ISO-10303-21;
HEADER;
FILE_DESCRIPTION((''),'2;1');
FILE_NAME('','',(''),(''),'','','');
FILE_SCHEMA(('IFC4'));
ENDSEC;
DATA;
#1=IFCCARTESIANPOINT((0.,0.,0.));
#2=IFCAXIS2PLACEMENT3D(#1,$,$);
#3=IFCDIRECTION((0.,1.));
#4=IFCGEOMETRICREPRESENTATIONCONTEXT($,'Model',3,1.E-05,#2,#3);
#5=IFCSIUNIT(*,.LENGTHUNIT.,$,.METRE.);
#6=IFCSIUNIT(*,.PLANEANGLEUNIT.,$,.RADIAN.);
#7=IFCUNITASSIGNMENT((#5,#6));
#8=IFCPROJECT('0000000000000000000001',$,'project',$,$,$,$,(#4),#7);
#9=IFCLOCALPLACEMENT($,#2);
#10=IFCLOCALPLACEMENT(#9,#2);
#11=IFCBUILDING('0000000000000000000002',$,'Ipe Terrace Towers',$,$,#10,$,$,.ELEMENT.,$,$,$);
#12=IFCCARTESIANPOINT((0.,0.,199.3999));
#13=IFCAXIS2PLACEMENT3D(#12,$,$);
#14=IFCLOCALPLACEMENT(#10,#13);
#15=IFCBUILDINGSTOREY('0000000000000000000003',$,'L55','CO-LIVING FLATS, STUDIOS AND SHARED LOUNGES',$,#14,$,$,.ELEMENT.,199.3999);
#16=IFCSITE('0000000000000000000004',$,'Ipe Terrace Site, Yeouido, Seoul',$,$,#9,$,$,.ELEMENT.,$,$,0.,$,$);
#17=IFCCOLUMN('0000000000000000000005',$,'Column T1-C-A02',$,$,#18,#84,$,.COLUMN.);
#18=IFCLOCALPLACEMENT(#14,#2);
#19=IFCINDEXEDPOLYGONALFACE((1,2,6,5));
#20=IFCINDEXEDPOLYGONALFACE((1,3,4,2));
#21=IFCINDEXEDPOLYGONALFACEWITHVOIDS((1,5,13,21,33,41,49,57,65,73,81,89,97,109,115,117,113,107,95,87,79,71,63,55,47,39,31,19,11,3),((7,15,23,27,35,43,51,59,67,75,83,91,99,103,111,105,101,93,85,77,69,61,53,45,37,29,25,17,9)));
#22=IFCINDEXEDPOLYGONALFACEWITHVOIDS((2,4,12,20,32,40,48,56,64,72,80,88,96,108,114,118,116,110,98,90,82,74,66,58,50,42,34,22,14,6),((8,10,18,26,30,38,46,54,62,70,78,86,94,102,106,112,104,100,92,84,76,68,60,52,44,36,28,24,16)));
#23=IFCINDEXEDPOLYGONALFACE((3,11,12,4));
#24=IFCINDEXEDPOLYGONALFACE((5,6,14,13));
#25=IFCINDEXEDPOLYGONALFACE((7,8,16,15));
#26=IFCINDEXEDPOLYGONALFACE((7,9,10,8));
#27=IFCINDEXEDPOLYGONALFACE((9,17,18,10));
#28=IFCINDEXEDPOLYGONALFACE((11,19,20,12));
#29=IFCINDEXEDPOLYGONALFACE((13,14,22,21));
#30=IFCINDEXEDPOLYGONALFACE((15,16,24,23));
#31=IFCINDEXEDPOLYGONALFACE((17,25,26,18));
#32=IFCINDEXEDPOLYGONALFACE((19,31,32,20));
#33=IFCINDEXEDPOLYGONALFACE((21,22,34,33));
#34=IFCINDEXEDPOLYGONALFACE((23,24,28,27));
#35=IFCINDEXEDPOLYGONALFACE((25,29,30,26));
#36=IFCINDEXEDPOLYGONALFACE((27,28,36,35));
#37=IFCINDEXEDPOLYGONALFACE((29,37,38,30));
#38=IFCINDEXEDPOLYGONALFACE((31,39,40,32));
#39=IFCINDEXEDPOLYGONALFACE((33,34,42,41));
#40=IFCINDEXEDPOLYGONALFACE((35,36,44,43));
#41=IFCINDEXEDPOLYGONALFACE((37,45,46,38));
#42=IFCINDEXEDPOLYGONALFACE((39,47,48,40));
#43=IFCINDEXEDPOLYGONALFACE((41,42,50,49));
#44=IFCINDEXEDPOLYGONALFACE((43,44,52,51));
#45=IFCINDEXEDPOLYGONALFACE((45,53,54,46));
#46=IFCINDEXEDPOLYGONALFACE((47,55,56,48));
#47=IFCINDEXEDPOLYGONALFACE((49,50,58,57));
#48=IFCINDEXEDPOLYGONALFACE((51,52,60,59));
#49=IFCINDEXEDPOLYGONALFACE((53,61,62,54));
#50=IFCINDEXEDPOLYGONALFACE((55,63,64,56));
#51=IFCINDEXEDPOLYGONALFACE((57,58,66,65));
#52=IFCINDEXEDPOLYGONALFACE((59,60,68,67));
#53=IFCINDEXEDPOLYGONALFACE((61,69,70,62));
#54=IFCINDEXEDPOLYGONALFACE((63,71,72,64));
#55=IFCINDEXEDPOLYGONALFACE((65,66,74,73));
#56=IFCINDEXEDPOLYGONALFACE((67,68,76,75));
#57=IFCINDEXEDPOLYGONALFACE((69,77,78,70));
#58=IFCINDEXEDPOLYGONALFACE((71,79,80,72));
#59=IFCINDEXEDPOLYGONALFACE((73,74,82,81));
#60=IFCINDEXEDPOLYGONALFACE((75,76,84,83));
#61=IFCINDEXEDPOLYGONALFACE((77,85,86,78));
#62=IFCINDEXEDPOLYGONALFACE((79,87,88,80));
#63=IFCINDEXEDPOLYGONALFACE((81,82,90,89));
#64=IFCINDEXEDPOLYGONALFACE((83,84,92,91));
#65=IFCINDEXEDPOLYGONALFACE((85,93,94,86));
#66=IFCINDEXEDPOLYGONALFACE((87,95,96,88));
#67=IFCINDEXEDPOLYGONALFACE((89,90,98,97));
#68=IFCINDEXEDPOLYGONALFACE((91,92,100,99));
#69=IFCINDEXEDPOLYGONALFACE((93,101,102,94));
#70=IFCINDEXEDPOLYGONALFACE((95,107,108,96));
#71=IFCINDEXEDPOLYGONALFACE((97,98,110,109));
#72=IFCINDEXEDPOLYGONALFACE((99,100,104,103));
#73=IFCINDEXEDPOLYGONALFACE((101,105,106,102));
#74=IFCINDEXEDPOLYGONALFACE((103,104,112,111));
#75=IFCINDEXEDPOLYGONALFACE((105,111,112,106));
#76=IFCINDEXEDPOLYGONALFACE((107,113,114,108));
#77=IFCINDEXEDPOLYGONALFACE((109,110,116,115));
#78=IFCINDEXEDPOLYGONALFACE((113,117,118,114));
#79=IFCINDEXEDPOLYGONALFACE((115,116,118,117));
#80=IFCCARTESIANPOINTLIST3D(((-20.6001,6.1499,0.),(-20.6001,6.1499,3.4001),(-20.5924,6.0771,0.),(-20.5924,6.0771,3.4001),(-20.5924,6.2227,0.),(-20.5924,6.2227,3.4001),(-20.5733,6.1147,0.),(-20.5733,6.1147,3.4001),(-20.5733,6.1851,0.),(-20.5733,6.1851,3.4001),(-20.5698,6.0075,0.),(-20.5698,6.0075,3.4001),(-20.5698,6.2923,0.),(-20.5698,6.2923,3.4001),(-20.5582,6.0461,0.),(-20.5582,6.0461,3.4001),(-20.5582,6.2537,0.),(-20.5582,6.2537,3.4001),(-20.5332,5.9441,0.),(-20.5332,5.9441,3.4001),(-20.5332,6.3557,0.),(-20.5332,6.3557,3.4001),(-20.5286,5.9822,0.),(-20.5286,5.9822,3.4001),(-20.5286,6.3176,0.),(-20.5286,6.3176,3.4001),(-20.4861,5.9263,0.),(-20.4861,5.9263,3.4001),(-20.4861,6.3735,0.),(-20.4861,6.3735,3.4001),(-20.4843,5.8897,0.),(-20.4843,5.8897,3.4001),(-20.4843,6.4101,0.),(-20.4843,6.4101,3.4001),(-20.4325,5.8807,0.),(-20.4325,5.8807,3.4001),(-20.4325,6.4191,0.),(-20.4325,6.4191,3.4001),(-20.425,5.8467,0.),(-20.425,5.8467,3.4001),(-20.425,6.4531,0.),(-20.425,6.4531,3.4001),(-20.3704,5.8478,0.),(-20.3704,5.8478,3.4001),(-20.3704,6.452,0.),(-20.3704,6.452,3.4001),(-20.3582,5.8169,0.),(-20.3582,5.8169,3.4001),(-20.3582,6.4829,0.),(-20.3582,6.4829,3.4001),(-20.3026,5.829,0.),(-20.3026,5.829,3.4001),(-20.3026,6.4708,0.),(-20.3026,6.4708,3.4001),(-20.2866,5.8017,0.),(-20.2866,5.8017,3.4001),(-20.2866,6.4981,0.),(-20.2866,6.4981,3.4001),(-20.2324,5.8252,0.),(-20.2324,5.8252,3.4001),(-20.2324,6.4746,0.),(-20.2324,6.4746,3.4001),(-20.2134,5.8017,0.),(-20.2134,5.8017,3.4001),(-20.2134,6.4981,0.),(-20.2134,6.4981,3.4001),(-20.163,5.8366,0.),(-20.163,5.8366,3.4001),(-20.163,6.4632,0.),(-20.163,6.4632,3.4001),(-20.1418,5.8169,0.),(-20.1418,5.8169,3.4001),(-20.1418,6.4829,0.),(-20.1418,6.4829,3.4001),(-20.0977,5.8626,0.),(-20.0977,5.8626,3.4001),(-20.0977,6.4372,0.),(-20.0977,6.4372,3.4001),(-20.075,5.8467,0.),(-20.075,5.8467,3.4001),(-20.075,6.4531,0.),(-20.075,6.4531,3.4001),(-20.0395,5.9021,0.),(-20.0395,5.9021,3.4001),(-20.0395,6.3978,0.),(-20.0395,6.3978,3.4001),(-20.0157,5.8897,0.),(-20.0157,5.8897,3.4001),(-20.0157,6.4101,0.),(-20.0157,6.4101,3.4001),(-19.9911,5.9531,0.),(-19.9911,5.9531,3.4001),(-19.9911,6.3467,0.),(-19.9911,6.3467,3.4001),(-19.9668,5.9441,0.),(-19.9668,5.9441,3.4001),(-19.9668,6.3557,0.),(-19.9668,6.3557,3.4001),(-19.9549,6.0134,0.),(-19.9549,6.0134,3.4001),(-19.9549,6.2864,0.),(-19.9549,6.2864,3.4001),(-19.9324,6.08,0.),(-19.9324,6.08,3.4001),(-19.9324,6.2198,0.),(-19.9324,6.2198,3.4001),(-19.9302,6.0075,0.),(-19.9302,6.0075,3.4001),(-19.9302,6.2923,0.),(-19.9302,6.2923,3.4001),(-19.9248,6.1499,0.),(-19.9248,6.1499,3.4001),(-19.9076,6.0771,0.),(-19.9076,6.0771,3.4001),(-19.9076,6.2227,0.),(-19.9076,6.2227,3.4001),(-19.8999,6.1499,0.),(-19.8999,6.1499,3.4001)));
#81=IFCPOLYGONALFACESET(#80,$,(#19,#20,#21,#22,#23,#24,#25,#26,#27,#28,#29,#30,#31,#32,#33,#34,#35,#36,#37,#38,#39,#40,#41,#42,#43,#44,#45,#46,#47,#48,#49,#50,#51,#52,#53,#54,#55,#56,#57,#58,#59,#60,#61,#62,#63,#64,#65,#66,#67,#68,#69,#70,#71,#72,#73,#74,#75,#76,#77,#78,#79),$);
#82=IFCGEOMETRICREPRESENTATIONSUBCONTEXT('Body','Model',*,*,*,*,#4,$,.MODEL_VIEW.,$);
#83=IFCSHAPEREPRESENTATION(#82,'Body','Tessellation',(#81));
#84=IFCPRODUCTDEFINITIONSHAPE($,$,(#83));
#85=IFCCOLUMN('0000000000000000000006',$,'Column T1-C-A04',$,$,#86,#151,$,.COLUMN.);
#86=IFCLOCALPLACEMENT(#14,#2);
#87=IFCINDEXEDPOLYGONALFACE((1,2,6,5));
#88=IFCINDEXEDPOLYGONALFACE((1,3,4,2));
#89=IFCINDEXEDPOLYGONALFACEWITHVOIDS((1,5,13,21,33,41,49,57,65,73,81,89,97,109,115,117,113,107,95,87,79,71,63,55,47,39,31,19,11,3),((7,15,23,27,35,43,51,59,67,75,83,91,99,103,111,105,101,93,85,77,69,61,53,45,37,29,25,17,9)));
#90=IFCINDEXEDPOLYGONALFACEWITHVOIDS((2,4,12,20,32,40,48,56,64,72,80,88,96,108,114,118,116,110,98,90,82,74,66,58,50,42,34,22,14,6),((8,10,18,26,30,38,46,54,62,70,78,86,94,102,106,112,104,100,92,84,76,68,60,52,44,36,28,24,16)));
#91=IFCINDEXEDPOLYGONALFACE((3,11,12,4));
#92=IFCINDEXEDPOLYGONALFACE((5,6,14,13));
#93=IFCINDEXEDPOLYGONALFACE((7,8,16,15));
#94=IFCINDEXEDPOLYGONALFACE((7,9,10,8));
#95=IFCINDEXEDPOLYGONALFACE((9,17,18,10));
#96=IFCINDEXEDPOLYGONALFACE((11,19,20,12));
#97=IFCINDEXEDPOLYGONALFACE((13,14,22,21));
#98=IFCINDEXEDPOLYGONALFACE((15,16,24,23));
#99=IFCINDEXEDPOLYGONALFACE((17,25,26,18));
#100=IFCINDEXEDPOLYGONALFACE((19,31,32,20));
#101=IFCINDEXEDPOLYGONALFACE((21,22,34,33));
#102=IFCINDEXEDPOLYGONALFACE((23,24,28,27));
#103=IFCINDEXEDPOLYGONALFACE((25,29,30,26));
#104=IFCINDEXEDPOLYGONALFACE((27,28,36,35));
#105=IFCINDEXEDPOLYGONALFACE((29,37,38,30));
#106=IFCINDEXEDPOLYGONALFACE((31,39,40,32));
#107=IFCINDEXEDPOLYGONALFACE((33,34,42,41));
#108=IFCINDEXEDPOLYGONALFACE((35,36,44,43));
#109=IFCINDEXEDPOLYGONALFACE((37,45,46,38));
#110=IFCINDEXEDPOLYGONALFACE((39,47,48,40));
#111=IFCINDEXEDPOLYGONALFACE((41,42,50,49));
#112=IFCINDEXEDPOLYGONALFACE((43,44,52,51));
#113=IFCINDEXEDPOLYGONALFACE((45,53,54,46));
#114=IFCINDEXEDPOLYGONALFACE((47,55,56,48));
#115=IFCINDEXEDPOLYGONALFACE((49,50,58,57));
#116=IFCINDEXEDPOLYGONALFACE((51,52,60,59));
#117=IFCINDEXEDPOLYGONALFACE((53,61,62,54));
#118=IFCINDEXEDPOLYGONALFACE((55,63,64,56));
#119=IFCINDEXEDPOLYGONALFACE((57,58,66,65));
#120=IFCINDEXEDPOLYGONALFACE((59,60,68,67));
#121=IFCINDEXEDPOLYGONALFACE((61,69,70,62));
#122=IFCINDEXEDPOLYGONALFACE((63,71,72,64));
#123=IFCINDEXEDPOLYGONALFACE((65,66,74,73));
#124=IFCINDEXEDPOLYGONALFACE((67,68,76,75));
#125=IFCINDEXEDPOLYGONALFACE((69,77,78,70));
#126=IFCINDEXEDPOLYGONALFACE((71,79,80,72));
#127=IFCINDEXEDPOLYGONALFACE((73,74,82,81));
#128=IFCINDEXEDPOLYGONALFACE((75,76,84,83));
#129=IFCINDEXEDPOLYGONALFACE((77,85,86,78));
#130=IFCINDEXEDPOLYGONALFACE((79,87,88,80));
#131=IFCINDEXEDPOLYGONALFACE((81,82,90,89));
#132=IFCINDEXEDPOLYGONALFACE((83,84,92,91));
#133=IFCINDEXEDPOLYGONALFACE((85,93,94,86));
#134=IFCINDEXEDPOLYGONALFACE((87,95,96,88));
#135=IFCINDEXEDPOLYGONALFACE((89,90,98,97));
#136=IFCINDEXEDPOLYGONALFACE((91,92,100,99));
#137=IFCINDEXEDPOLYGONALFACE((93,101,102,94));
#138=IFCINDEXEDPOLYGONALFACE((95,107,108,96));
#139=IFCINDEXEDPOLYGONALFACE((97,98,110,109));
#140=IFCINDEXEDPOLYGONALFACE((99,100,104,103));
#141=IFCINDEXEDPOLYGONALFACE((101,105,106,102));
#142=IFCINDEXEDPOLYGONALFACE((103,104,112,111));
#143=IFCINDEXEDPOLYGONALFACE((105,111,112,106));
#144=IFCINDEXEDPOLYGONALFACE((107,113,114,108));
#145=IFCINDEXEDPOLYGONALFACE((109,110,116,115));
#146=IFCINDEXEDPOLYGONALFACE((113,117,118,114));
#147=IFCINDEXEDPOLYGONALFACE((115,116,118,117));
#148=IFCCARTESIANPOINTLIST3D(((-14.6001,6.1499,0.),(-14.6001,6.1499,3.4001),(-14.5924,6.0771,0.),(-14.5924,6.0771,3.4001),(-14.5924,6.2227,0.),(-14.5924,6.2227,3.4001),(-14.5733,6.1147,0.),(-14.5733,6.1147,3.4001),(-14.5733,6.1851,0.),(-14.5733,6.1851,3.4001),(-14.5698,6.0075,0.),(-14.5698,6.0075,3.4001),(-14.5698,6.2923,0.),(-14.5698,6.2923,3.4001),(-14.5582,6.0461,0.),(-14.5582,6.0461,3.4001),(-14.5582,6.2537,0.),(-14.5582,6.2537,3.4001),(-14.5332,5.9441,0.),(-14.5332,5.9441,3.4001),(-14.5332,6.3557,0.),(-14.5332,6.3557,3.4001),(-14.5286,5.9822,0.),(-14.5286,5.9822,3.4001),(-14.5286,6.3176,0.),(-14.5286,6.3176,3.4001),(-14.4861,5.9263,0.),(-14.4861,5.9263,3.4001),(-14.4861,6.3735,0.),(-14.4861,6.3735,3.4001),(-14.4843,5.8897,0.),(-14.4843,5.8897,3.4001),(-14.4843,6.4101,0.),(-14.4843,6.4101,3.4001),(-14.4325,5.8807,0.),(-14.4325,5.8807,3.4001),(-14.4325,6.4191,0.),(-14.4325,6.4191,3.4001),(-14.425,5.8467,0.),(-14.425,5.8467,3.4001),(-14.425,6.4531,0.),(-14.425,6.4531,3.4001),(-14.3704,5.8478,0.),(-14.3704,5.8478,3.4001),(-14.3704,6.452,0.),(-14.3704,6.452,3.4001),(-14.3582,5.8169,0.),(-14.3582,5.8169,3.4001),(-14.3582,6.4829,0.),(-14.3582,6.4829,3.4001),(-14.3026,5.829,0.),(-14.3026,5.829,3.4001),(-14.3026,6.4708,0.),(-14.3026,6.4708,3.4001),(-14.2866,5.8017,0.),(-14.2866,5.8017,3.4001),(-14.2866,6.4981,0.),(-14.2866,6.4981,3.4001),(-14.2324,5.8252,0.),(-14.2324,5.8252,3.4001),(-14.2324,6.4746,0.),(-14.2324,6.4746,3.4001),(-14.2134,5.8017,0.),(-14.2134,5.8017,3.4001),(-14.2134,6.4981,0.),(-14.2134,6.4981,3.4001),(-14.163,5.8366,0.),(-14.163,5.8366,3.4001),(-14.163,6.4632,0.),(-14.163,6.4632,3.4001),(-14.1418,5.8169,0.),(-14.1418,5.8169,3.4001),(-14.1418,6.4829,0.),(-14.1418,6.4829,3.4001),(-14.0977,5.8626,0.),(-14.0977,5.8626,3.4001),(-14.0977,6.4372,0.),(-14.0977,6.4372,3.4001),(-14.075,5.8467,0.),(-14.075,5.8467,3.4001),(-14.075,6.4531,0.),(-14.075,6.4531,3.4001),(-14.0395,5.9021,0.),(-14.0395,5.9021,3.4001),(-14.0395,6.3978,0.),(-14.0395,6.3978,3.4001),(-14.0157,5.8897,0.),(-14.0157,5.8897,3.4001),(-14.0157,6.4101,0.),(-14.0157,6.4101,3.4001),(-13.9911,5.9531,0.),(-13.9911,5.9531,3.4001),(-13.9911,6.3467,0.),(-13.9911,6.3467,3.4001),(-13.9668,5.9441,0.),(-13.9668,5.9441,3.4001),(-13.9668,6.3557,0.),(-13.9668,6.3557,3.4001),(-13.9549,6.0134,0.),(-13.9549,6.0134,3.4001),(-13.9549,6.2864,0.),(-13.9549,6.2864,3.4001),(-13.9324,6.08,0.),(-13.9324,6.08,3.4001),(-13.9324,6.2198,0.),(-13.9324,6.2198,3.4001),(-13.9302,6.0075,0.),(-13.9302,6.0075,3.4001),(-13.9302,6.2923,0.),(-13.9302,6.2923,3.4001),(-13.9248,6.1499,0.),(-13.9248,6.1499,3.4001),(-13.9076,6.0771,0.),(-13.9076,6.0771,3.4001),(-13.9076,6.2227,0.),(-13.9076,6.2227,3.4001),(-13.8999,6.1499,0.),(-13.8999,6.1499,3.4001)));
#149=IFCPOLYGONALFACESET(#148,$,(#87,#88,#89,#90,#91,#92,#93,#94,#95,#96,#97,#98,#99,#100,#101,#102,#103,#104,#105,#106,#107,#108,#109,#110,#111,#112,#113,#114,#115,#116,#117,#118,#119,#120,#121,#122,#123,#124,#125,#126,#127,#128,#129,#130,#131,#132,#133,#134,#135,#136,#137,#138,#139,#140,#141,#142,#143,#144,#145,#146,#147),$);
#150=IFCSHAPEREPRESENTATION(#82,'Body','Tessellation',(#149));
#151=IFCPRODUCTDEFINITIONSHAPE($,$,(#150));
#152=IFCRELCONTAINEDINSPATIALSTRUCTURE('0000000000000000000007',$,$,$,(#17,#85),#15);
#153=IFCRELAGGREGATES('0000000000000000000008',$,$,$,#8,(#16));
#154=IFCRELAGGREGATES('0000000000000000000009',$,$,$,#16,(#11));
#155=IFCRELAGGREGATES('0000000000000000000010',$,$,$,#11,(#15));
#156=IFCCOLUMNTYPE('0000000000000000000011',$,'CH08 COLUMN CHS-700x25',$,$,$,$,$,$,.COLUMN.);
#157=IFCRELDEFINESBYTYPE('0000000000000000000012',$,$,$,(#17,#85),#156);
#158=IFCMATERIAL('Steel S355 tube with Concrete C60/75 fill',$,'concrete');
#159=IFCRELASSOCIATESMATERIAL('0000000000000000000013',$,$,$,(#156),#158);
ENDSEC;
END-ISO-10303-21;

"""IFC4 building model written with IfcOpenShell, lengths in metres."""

from ifc_helpers import new_model, si_unit, direction, frame, origin, origin_2d, place, context, subcontext, project, spatial, hollow_circle, extrude, material, material_profile, profile_set, type_object, element, save


model = new_model("IFC4")

# Units and contexts
model_context = context("Model", 3, precision=1e-05, world=origin(), true_north=direction((0.0, 1.0)))
body_context = subcontext(model_context, "Body", "Model", "MODEL_VIEW")
ifc_project = project(units=[si_unit("LENGTHUNIT", "METRE"), si_unit("PLANEANGLEUNIT", "RADIAN")], contexts=[model_context])

# Site, building, storey
site_placement = place(None, origin())
site = spatial("IfcSite", under=ifc_project, at=site_placement, Name="Ipe Terrace Site, Yeouido, Seoul", CompositionType="ELEMENT", RefElevation=0.0)
building_placement = place(site_placement, origin())
building = spatial("IfcBuilding", under=site, at=building_placement, Name="Ipe Terrace Towers", CompositionType="ELEMENT")
storey_placement = place(building_placement, frame((0.0, 0.0, 199.3999)))
storey = spatial("IfcBuildingStorey", under=building, at=storey_placement, Name="L55", Description="CO-LIVING FLATS, STUDIOS AND SHARED LOUNGES", CompositionType="ELEMENT", Elevation=199.3999)

# Columns
ifc_material_1 = material(Name="Steel S355 tube with Concrete C60/75 fill", Category="concrete")
ifc_material_profile_1 = material_profile(ifc_material_1, hollow_circle(Radius=0.3501, WallThickness=0.0249, at=origin_2d()), Name="CHS-700x25")
ifc_profile_set_1 = profile_set([ifc_material_profile_1], Name="Steel S355 tube with Concrete C60/75 fill")
column_type = type_object("IfcColumnType", Name="CH08 COLUMN CHS-700x25", PredefinedType="COLUMN", material=ifc_profile_set_1)
for number, where, z_axis, x_axis, name in (
    (1, (-20.25, 6.1499, 0.0), (0.0, 0.0, 1.0), (1.0, 0.0, 0.0), "Column T1-C-A02"),
    (2, (-14.25, 6.1499, 0.0), (0.0, 0.0, 1.0), (1.0, 0.0, 0.0), "Column T1-C-A04"),
):
    element("IfcColumn", number, at=place(storey_placement, frame(where, z_axis=z_axis, x_axis=x_axis)), inside=storey, type_object=column_type, Name=name, PredefinedType="COLUMN", context=body_context, shape_type="SweptSolid", body=[
        extrude(hollow_circle(Radius=0.3501, WallThickness=0.0249, at=origin_2d()), origin(), (0.0, 0.0, 1.0), 3.4001),
    ])

save(model, "model.ifc")
